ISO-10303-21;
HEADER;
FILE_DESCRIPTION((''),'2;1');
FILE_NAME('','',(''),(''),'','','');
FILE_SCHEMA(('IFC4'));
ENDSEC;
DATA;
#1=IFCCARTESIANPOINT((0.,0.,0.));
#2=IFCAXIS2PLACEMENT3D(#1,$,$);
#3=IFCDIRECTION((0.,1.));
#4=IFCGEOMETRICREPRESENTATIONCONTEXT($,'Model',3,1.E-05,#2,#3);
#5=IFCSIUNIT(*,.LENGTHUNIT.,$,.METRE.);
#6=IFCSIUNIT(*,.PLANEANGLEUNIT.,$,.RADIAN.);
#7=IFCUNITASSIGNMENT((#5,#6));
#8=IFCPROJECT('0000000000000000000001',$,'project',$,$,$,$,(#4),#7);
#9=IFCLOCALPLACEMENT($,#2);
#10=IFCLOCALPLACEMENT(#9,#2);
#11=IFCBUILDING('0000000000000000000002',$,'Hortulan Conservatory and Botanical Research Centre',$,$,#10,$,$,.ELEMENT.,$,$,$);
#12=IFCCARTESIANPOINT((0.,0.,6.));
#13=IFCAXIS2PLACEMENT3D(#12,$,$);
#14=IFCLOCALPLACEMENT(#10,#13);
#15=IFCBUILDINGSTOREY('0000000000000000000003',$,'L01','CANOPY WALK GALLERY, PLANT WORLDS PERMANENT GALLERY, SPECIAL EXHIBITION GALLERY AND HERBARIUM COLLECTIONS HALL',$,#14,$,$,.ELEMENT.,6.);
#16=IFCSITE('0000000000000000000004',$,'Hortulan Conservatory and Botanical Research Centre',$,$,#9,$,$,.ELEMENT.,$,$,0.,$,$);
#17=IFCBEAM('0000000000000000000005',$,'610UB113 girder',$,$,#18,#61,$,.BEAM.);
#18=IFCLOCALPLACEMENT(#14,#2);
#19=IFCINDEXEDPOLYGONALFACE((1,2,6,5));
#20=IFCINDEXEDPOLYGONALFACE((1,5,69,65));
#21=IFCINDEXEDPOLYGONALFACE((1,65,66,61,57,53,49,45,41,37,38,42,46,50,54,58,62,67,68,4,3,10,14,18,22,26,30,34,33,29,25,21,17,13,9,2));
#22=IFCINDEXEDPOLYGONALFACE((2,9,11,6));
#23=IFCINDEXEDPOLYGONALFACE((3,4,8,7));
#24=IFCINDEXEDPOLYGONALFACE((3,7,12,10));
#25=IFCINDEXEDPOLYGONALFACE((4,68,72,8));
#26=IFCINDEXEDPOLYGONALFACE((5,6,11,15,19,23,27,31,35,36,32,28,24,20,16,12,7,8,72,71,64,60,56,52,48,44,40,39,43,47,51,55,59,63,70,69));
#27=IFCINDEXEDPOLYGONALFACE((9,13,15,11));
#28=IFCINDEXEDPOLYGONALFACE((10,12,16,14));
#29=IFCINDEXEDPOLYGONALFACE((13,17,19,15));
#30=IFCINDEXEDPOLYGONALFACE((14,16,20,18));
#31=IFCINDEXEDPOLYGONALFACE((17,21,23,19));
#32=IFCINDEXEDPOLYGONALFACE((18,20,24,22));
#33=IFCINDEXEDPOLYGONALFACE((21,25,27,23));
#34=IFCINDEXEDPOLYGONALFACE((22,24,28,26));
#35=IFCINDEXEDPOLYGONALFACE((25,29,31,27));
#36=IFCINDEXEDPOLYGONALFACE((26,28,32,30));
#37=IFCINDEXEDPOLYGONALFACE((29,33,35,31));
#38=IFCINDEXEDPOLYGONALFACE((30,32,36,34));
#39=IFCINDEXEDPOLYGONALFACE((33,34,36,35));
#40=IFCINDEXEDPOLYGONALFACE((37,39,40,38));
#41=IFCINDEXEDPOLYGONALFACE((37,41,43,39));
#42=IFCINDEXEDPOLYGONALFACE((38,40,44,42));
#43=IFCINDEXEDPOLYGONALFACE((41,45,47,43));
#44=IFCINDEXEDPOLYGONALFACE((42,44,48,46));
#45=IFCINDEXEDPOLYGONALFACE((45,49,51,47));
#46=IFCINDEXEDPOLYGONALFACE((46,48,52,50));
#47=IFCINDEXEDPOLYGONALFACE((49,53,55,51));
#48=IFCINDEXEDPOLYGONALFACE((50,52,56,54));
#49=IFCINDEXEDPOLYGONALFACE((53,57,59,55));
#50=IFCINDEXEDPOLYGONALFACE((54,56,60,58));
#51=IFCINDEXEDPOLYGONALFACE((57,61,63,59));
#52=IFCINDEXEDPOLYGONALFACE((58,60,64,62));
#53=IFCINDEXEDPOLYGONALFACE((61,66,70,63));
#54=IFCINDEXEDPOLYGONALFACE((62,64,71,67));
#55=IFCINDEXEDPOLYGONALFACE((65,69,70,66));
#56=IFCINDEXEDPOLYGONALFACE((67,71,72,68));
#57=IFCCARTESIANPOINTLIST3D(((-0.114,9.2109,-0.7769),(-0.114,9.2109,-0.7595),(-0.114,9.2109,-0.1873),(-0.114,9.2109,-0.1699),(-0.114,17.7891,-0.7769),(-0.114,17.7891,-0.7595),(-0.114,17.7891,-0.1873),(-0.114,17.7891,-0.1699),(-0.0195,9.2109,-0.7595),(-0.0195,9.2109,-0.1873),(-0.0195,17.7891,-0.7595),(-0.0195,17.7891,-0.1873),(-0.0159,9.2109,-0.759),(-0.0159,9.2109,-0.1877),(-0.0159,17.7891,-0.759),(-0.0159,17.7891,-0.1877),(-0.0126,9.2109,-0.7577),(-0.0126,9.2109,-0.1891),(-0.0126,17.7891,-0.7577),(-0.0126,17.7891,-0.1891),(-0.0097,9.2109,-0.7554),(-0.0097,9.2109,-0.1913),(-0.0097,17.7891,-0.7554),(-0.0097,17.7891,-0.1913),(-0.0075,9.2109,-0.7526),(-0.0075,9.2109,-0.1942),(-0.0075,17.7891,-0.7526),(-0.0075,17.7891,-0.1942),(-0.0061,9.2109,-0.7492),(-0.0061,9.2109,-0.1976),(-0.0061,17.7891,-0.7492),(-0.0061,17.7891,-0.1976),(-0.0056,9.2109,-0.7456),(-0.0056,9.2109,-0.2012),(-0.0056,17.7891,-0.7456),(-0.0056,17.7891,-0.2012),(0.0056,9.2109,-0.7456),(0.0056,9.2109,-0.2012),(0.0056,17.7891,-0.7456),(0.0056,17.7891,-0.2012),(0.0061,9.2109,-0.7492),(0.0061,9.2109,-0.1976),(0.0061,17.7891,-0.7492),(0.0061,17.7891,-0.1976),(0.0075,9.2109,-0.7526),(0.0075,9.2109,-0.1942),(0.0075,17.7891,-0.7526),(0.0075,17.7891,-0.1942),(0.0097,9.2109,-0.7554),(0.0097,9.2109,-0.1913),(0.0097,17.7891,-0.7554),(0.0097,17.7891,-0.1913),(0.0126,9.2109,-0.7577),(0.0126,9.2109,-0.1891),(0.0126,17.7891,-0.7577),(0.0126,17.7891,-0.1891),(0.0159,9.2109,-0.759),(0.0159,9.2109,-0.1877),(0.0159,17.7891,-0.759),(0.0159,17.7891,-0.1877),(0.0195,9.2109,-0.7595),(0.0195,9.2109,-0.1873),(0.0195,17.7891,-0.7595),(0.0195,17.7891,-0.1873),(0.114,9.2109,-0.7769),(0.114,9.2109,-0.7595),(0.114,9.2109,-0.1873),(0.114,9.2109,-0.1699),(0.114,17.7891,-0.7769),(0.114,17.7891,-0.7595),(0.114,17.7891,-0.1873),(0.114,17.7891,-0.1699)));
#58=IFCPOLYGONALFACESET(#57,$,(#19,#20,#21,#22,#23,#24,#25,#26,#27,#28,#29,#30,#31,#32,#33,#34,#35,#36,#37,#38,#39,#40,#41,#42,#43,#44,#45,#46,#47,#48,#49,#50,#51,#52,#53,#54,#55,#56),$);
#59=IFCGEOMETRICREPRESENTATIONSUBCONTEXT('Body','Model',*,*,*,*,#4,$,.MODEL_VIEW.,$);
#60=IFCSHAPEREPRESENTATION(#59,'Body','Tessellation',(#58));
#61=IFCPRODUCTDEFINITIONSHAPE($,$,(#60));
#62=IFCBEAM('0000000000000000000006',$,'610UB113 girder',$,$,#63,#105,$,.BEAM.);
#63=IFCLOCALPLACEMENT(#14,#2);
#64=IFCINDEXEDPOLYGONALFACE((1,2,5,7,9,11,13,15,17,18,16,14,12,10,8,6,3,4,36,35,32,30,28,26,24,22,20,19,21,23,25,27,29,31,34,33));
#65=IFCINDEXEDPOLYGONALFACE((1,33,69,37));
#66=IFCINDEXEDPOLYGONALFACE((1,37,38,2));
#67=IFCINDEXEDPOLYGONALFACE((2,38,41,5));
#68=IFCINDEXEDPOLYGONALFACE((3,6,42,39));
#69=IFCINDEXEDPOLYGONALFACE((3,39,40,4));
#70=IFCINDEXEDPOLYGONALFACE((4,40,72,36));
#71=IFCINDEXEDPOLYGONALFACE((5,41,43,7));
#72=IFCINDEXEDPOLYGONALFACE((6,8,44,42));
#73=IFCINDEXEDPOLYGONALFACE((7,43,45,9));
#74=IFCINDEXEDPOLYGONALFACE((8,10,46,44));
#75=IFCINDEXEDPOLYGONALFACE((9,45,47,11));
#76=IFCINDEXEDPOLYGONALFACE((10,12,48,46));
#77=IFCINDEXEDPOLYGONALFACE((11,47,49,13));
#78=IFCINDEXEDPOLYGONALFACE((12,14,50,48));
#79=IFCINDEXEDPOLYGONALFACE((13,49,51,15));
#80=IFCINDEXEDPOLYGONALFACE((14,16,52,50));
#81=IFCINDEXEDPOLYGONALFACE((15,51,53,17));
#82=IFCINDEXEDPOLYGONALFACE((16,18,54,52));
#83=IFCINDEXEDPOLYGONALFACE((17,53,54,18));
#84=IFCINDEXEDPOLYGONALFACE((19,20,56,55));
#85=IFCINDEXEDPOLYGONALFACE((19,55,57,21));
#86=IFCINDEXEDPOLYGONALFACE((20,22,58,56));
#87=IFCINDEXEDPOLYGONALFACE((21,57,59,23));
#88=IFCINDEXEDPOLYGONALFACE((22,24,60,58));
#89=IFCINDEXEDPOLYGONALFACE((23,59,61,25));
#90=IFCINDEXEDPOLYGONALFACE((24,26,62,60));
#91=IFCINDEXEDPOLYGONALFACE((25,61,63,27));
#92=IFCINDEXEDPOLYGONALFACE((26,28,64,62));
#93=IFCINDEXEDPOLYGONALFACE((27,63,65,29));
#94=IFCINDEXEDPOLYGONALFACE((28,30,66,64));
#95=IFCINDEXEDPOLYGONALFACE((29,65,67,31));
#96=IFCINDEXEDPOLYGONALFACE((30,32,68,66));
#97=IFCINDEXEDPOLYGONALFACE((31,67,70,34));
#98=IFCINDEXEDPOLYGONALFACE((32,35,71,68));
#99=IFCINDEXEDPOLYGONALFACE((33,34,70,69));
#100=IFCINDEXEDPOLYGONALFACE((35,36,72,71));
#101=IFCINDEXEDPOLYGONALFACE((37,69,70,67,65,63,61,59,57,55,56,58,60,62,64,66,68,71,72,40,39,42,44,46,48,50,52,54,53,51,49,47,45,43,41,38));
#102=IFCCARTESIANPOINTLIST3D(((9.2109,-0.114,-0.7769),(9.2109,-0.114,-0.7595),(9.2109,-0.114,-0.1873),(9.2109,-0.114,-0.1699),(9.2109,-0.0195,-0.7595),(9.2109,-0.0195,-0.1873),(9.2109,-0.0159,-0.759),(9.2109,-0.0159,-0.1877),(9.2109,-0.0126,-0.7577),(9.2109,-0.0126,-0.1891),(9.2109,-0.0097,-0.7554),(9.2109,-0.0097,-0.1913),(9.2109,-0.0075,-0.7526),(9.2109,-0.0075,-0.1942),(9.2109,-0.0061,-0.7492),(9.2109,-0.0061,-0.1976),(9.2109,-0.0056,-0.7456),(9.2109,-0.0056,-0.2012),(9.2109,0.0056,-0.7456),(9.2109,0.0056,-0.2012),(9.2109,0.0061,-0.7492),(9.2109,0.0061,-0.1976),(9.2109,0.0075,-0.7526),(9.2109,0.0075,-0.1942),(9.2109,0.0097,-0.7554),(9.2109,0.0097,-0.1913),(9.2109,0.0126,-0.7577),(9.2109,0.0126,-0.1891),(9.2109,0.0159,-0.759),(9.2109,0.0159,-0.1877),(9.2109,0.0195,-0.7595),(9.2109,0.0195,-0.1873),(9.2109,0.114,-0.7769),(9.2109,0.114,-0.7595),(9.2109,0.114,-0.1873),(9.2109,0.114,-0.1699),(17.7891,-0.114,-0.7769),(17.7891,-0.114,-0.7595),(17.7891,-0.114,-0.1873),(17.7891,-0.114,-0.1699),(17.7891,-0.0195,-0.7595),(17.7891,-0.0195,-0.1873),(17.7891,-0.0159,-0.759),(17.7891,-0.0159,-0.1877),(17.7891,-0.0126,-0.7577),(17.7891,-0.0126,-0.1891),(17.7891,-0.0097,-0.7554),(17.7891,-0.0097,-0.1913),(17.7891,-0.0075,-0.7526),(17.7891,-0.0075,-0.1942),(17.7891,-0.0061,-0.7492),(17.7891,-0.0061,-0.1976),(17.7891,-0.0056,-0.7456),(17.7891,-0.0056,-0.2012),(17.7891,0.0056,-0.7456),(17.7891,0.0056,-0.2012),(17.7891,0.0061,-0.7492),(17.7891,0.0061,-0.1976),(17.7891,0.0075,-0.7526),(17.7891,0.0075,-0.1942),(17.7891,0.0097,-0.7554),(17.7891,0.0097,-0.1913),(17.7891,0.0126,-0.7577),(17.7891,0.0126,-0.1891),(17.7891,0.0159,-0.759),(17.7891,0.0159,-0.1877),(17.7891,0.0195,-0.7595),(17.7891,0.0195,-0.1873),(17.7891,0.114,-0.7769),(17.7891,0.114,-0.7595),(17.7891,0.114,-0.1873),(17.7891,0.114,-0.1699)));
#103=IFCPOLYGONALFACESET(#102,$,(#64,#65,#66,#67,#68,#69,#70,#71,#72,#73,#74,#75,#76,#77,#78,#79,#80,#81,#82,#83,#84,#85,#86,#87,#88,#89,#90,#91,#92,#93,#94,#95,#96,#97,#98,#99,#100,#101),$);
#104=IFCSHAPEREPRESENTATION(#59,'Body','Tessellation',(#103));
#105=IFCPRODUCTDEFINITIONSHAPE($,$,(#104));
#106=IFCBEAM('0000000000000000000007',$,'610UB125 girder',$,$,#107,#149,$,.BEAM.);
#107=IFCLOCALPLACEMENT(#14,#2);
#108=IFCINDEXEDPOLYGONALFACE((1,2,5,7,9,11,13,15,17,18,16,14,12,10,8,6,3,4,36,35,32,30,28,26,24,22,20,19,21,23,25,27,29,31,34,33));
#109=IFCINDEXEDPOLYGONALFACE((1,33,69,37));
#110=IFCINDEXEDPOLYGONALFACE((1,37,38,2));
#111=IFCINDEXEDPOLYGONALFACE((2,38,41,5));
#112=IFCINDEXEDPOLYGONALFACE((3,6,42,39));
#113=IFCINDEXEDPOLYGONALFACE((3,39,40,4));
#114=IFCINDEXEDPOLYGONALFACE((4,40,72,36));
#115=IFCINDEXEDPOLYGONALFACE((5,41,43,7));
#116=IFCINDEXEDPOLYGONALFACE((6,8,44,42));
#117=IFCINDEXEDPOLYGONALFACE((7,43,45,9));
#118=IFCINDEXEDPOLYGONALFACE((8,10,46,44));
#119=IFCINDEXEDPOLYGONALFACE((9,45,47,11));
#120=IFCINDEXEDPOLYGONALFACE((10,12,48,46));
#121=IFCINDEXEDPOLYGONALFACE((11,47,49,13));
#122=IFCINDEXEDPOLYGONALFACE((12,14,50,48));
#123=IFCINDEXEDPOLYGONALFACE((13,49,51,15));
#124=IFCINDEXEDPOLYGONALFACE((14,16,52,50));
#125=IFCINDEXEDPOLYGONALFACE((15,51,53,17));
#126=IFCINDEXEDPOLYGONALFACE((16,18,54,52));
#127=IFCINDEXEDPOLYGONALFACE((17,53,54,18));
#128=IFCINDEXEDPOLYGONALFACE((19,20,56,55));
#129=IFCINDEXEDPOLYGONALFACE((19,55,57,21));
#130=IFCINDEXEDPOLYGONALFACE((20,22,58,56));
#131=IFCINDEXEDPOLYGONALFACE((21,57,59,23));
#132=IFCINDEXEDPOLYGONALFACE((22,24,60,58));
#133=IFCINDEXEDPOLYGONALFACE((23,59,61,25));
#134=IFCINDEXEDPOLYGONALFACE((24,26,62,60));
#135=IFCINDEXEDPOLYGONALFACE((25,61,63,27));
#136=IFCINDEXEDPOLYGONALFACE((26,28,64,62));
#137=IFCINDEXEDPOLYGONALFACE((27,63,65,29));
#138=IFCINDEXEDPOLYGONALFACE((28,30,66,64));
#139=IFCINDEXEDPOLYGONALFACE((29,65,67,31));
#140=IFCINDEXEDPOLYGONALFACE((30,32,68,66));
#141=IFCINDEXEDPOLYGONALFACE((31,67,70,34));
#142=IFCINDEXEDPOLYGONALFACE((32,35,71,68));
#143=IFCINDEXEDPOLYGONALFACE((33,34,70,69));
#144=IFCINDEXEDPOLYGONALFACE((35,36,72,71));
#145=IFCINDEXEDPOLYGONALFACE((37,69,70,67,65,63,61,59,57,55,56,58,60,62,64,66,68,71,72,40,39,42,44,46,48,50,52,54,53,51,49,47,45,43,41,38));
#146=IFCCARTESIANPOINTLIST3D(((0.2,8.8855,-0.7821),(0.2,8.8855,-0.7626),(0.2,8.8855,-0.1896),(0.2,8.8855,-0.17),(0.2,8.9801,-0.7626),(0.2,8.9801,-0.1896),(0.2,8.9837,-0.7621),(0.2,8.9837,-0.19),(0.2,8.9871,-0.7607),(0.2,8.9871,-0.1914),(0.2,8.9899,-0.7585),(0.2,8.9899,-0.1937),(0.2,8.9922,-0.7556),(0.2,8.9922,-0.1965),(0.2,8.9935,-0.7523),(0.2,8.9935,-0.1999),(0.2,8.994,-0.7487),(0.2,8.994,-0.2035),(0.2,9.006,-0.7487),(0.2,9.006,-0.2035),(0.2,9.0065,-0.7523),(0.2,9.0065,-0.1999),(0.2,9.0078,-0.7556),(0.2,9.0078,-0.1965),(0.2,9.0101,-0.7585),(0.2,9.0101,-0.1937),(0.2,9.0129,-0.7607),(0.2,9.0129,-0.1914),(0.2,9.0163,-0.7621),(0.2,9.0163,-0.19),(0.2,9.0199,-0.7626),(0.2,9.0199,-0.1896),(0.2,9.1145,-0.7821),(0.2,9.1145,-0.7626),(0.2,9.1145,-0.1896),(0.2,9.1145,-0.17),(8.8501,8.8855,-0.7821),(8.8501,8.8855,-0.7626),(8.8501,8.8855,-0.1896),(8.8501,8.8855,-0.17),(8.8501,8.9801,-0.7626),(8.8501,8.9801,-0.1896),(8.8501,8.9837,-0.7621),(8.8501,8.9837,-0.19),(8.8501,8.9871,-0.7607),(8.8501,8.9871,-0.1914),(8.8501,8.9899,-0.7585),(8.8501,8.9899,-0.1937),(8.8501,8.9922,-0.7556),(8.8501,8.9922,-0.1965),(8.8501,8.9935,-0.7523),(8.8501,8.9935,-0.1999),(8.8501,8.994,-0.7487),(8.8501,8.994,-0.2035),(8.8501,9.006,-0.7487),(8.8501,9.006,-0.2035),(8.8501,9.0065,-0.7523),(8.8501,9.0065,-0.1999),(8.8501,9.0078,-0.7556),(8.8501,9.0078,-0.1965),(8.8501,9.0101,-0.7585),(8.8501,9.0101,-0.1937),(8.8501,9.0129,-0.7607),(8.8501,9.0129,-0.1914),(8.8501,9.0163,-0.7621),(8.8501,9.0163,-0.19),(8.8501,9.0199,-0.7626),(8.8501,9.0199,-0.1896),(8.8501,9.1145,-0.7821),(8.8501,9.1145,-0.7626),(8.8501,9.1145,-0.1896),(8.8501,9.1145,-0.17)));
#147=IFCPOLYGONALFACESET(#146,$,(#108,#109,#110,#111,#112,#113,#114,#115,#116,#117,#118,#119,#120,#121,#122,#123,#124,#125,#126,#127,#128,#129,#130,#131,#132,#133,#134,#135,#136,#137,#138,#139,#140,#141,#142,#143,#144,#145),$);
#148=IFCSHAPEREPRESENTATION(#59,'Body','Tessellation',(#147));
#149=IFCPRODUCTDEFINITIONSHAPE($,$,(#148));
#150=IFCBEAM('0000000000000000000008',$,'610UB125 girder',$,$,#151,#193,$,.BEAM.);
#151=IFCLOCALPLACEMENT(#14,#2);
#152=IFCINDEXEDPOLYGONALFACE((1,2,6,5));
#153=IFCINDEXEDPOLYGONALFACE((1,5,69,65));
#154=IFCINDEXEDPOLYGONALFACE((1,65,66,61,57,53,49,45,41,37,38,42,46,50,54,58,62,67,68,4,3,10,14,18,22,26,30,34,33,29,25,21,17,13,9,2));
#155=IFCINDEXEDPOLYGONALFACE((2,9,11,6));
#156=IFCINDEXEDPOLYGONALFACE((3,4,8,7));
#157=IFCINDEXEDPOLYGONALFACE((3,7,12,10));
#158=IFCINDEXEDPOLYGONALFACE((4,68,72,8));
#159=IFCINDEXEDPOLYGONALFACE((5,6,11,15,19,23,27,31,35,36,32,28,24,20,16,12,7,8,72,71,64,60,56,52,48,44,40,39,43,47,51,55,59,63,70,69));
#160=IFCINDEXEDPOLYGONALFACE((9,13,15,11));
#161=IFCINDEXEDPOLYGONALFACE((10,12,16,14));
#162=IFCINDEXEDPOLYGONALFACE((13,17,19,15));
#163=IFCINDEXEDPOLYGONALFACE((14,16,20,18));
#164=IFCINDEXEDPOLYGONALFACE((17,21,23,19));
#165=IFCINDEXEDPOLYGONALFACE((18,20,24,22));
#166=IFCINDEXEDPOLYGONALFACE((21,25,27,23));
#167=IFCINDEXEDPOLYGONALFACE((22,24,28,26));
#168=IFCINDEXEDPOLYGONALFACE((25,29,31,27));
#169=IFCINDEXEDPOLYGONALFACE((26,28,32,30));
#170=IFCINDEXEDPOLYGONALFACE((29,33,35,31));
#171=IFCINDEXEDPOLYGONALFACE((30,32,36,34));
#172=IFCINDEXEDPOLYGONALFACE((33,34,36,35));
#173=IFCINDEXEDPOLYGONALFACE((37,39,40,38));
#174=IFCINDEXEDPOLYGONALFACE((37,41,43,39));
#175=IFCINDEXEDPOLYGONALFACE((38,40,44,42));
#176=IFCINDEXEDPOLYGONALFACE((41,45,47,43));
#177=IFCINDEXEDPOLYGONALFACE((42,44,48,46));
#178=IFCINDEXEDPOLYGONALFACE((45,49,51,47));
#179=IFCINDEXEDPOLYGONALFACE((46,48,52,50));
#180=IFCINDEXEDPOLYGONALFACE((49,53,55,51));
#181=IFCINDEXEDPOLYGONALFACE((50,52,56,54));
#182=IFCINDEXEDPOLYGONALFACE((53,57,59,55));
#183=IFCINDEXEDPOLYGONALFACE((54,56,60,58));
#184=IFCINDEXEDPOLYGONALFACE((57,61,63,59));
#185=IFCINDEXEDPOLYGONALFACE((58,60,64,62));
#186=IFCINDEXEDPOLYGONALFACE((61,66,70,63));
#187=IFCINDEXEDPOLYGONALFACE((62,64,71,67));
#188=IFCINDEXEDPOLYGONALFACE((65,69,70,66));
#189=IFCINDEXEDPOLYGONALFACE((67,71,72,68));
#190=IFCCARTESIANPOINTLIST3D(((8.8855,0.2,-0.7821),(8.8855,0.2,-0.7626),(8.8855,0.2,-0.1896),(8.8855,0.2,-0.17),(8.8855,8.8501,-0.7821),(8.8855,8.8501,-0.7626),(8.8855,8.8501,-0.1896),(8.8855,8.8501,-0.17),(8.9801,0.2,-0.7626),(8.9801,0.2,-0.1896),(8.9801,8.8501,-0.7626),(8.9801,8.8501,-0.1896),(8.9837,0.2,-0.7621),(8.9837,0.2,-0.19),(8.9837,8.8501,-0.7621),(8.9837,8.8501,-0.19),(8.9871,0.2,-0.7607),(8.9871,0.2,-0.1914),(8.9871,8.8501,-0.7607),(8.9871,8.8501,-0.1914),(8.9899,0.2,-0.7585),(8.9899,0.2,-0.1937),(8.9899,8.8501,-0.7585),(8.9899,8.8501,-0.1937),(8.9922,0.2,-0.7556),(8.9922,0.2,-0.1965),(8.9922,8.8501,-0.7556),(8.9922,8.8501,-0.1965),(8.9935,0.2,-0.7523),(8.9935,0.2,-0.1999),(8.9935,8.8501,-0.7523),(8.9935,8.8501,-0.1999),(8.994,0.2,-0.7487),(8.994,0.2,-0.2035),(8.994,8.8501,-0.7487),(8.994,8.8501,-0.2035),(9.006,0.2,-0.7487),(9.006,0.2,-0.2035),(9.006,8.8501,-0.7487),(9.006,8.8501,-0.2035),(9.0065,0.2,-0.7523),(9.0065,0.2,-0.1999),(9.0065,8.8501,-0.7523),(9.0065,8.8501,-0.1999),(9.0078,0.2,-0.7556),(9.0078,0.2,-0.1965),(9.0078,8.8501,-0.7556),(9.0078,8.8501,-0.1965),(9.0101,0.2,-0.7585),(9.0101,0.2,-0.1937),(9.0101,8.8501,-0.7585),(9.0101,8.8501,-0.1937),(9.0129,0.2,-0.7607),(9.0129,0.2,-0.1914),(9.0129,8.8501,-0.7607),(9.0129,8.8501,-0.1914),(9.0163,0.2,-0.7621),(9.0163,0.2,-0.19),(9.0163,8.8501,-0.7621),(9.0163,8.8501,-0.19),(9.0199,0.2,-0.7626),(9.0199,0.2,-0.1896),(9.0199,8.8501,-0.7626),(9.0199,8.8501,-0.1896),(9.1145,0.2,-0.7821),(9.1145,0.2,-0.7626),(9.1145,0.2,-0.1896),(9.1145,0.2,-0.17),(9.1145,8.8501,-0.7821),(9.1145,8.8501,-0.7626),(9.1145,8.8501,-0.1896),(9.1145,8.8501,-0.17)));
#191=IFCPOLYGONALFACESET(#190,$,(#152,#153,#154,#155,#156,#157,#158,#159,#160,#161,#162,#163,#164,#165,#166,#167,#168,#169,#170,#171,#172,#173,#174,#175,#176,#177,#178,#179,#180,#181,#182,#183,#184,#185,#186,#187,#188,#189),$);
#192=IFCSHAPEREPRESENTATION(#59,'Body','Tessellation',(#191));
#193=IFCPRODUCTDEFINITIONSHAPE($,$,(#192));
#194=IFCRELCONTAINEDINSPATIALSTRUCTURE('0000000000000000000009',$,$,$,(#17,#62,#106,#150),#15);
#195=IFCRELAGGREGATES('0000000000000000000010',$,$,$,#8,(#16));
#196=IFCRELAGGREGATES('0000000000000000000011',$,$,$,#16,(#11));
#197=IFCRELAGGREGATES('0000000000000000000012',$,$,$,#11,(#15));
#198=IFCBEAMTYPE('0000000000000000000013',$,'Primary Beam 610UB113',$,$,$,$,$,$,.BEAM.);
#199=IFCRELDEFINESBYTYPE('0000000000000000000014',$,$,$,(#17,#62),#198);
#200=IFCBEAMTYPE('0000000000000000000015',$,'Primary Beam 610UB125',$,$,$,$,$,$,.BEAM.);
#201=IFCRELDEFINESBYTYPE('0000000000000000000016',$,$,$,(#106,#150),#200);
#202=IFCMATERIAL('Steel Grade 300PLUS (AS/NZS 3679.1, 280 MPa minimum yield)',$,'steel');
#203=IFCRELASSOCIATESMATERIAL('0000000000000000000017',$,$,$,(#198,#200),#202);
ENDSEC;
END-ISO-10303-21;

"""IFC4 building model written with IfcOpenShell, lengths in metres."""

from ifc_helpers import new_model, si_unit, direction, frame, origin, origin_2d, place, context, subcontext, project, spatial, i_section, extrude, material, material_profile, profile_set, type_object, element, save


model = new_model("IFC4")

# Units and contexts
model_context = context("Model", 3, precision=1e-05, world=origin(), true_north=direction((0.0, 1.0)))
body_context = subcontext(model_context, "Body", "Model", "MODEL_VIEW")
ifc_project = project(units=[si_unit("LENGTHUNIT", "METRE"), si_unit("PLANEANGLEUNIT", "RADIAN")], contexts=[model_context])

# Site, building, storey
site_placement = place(None, origin())
site = spatial("IfcSite", under=ifc_project, at=site_placement, Name="Hortulan Conservatory and Botanical Research Centre", CompositionType="ELEMENT", RefElevation=0.0)
building_placement = place(site_placement, origin())
building = spatial("IfcBuilding", under=site, at=building_placement, Name="Hortulan Conservatory and Botanical Research Centre", CompositionType="ELEMENT")
storey_placement = place(building_placement, frame((0.0, 0.0, 6.0)))
storey = spatial("IfcBuildingStorey", under=building, at=storey_placement, Name="L01", Description="CANOPY WALK GALLERY, PLANT WORLDS PERMANENT GALLERY, SPECIAL EXHIBITION GALLERY AND HERBARIUM COLLECTIONS HALL", CompositionType="ELEMENT", Elevation=6.0)

# Beams
ifc_material_1 = material(Name="Steel Grade 300PLUS (AS/NZS 3679.1, 280 MPa minimum yield)", Category="steel")
ifc_material_profile_1 = material_profile(ifc_material_1, i_section(OverallWidth=0.228, OverallDepth=0.6069, WebThickness=0.0112, FlangeThickness=0.0173, FilletRadius=0.0139, at=origin_2d()), Name="610UB113")
ifc_profile_set_1 = profile_set([ifc_material_profile_1], Name="Steel Grade 300PLUS (AS/NZS 3679.1, 280 MPa minimum yield)")
beam_type_1 = type_object("IfcBeamType", Name="Primary Beam 610UB113", PredefinedType="BEAM", material=ifc_profile_set_1)
for number, where, z_axis, x_axis, name in (
    (1, (0.0, 9.2109, -0.4734), (0.0, 1.0, 0.0), (-1.0, 0.0, 0.0), "610UB113 girder"),
    (2, (9.2109, 0.0, -0.4734), (1.0, 0.0, 0.0), (0.0, 1.0, 0.0), "610UB113 girder"),
):
    element("IfcBeam", number, at=place(storey_placement, frame(where, z_axis=z_axis, x_axis=x_axis)), inside=storey, type_object=beam_type_1, Name=name, PredefinedType="BEAM", context=body_context, shape_type="SweptSolid", body=[
        extrude(i_section(OverallWidth=0.228, OverallDepth=0.6069, WebThickness=0.0112, FlangeThickness=0.0173, FilletRadius=0.0139, at=origin_2d()), origin(), (0.0, 0.0, 1.0), 8.5781),
    ])
ifc_material_profile_2 = material_profile(ifc_material_1, i_section(OverallWidth=0.229, OverallDepth=0.6121, WebThickness=0.012, FlangeThickness=0.0195, FilletRadius=0.0139, at=origin_2d()), Name="610UB125")
ifc_profile_set_2 = profile_set([ifc_material_profile_2], Name="Steel Grade 300PLUS (AS/NZS 3679.1, 280 MPa minimum yield)")
beam_type_2 = type_object("IfcBeamType", Name="Primary Beam 610UB125", PredefinedType="BEAM", material=ifc_profile_set_2)
for number, where, z_axis, x_axis, name in (
    (3, (0.2, 9.0, -0.4761), (1.0, 0.0, 0.0), (0.0, 1.0, 0.0), "610UB125 girder"),
    (4, (9.0, 0.2, -0.4761), (0.0, 1.0, 0.0), (-1.0, 0.0, 0.0), "610UB125 girder"),
):
    element("IfcBeam", number, at=place(storey_placement, frame(where, z_axis=z_axis, x_axis=x_axis)), inside=storey, type_object=beam_type_2, Name=name, PredefinedType="BEAM", context=body_context, shape_type="SweptSolid", body=[
        extrude(i_section(OverallWidth=0.229, OverallDepth=0.6121, WebThickness=0.012, FlangeThickness=0.0195, FilletRadius=0.0139, at=origin_2d()), origin(), (0.0, 0.0, 1.0), 8.6501),
    ])

save(model, "model.ifc")
